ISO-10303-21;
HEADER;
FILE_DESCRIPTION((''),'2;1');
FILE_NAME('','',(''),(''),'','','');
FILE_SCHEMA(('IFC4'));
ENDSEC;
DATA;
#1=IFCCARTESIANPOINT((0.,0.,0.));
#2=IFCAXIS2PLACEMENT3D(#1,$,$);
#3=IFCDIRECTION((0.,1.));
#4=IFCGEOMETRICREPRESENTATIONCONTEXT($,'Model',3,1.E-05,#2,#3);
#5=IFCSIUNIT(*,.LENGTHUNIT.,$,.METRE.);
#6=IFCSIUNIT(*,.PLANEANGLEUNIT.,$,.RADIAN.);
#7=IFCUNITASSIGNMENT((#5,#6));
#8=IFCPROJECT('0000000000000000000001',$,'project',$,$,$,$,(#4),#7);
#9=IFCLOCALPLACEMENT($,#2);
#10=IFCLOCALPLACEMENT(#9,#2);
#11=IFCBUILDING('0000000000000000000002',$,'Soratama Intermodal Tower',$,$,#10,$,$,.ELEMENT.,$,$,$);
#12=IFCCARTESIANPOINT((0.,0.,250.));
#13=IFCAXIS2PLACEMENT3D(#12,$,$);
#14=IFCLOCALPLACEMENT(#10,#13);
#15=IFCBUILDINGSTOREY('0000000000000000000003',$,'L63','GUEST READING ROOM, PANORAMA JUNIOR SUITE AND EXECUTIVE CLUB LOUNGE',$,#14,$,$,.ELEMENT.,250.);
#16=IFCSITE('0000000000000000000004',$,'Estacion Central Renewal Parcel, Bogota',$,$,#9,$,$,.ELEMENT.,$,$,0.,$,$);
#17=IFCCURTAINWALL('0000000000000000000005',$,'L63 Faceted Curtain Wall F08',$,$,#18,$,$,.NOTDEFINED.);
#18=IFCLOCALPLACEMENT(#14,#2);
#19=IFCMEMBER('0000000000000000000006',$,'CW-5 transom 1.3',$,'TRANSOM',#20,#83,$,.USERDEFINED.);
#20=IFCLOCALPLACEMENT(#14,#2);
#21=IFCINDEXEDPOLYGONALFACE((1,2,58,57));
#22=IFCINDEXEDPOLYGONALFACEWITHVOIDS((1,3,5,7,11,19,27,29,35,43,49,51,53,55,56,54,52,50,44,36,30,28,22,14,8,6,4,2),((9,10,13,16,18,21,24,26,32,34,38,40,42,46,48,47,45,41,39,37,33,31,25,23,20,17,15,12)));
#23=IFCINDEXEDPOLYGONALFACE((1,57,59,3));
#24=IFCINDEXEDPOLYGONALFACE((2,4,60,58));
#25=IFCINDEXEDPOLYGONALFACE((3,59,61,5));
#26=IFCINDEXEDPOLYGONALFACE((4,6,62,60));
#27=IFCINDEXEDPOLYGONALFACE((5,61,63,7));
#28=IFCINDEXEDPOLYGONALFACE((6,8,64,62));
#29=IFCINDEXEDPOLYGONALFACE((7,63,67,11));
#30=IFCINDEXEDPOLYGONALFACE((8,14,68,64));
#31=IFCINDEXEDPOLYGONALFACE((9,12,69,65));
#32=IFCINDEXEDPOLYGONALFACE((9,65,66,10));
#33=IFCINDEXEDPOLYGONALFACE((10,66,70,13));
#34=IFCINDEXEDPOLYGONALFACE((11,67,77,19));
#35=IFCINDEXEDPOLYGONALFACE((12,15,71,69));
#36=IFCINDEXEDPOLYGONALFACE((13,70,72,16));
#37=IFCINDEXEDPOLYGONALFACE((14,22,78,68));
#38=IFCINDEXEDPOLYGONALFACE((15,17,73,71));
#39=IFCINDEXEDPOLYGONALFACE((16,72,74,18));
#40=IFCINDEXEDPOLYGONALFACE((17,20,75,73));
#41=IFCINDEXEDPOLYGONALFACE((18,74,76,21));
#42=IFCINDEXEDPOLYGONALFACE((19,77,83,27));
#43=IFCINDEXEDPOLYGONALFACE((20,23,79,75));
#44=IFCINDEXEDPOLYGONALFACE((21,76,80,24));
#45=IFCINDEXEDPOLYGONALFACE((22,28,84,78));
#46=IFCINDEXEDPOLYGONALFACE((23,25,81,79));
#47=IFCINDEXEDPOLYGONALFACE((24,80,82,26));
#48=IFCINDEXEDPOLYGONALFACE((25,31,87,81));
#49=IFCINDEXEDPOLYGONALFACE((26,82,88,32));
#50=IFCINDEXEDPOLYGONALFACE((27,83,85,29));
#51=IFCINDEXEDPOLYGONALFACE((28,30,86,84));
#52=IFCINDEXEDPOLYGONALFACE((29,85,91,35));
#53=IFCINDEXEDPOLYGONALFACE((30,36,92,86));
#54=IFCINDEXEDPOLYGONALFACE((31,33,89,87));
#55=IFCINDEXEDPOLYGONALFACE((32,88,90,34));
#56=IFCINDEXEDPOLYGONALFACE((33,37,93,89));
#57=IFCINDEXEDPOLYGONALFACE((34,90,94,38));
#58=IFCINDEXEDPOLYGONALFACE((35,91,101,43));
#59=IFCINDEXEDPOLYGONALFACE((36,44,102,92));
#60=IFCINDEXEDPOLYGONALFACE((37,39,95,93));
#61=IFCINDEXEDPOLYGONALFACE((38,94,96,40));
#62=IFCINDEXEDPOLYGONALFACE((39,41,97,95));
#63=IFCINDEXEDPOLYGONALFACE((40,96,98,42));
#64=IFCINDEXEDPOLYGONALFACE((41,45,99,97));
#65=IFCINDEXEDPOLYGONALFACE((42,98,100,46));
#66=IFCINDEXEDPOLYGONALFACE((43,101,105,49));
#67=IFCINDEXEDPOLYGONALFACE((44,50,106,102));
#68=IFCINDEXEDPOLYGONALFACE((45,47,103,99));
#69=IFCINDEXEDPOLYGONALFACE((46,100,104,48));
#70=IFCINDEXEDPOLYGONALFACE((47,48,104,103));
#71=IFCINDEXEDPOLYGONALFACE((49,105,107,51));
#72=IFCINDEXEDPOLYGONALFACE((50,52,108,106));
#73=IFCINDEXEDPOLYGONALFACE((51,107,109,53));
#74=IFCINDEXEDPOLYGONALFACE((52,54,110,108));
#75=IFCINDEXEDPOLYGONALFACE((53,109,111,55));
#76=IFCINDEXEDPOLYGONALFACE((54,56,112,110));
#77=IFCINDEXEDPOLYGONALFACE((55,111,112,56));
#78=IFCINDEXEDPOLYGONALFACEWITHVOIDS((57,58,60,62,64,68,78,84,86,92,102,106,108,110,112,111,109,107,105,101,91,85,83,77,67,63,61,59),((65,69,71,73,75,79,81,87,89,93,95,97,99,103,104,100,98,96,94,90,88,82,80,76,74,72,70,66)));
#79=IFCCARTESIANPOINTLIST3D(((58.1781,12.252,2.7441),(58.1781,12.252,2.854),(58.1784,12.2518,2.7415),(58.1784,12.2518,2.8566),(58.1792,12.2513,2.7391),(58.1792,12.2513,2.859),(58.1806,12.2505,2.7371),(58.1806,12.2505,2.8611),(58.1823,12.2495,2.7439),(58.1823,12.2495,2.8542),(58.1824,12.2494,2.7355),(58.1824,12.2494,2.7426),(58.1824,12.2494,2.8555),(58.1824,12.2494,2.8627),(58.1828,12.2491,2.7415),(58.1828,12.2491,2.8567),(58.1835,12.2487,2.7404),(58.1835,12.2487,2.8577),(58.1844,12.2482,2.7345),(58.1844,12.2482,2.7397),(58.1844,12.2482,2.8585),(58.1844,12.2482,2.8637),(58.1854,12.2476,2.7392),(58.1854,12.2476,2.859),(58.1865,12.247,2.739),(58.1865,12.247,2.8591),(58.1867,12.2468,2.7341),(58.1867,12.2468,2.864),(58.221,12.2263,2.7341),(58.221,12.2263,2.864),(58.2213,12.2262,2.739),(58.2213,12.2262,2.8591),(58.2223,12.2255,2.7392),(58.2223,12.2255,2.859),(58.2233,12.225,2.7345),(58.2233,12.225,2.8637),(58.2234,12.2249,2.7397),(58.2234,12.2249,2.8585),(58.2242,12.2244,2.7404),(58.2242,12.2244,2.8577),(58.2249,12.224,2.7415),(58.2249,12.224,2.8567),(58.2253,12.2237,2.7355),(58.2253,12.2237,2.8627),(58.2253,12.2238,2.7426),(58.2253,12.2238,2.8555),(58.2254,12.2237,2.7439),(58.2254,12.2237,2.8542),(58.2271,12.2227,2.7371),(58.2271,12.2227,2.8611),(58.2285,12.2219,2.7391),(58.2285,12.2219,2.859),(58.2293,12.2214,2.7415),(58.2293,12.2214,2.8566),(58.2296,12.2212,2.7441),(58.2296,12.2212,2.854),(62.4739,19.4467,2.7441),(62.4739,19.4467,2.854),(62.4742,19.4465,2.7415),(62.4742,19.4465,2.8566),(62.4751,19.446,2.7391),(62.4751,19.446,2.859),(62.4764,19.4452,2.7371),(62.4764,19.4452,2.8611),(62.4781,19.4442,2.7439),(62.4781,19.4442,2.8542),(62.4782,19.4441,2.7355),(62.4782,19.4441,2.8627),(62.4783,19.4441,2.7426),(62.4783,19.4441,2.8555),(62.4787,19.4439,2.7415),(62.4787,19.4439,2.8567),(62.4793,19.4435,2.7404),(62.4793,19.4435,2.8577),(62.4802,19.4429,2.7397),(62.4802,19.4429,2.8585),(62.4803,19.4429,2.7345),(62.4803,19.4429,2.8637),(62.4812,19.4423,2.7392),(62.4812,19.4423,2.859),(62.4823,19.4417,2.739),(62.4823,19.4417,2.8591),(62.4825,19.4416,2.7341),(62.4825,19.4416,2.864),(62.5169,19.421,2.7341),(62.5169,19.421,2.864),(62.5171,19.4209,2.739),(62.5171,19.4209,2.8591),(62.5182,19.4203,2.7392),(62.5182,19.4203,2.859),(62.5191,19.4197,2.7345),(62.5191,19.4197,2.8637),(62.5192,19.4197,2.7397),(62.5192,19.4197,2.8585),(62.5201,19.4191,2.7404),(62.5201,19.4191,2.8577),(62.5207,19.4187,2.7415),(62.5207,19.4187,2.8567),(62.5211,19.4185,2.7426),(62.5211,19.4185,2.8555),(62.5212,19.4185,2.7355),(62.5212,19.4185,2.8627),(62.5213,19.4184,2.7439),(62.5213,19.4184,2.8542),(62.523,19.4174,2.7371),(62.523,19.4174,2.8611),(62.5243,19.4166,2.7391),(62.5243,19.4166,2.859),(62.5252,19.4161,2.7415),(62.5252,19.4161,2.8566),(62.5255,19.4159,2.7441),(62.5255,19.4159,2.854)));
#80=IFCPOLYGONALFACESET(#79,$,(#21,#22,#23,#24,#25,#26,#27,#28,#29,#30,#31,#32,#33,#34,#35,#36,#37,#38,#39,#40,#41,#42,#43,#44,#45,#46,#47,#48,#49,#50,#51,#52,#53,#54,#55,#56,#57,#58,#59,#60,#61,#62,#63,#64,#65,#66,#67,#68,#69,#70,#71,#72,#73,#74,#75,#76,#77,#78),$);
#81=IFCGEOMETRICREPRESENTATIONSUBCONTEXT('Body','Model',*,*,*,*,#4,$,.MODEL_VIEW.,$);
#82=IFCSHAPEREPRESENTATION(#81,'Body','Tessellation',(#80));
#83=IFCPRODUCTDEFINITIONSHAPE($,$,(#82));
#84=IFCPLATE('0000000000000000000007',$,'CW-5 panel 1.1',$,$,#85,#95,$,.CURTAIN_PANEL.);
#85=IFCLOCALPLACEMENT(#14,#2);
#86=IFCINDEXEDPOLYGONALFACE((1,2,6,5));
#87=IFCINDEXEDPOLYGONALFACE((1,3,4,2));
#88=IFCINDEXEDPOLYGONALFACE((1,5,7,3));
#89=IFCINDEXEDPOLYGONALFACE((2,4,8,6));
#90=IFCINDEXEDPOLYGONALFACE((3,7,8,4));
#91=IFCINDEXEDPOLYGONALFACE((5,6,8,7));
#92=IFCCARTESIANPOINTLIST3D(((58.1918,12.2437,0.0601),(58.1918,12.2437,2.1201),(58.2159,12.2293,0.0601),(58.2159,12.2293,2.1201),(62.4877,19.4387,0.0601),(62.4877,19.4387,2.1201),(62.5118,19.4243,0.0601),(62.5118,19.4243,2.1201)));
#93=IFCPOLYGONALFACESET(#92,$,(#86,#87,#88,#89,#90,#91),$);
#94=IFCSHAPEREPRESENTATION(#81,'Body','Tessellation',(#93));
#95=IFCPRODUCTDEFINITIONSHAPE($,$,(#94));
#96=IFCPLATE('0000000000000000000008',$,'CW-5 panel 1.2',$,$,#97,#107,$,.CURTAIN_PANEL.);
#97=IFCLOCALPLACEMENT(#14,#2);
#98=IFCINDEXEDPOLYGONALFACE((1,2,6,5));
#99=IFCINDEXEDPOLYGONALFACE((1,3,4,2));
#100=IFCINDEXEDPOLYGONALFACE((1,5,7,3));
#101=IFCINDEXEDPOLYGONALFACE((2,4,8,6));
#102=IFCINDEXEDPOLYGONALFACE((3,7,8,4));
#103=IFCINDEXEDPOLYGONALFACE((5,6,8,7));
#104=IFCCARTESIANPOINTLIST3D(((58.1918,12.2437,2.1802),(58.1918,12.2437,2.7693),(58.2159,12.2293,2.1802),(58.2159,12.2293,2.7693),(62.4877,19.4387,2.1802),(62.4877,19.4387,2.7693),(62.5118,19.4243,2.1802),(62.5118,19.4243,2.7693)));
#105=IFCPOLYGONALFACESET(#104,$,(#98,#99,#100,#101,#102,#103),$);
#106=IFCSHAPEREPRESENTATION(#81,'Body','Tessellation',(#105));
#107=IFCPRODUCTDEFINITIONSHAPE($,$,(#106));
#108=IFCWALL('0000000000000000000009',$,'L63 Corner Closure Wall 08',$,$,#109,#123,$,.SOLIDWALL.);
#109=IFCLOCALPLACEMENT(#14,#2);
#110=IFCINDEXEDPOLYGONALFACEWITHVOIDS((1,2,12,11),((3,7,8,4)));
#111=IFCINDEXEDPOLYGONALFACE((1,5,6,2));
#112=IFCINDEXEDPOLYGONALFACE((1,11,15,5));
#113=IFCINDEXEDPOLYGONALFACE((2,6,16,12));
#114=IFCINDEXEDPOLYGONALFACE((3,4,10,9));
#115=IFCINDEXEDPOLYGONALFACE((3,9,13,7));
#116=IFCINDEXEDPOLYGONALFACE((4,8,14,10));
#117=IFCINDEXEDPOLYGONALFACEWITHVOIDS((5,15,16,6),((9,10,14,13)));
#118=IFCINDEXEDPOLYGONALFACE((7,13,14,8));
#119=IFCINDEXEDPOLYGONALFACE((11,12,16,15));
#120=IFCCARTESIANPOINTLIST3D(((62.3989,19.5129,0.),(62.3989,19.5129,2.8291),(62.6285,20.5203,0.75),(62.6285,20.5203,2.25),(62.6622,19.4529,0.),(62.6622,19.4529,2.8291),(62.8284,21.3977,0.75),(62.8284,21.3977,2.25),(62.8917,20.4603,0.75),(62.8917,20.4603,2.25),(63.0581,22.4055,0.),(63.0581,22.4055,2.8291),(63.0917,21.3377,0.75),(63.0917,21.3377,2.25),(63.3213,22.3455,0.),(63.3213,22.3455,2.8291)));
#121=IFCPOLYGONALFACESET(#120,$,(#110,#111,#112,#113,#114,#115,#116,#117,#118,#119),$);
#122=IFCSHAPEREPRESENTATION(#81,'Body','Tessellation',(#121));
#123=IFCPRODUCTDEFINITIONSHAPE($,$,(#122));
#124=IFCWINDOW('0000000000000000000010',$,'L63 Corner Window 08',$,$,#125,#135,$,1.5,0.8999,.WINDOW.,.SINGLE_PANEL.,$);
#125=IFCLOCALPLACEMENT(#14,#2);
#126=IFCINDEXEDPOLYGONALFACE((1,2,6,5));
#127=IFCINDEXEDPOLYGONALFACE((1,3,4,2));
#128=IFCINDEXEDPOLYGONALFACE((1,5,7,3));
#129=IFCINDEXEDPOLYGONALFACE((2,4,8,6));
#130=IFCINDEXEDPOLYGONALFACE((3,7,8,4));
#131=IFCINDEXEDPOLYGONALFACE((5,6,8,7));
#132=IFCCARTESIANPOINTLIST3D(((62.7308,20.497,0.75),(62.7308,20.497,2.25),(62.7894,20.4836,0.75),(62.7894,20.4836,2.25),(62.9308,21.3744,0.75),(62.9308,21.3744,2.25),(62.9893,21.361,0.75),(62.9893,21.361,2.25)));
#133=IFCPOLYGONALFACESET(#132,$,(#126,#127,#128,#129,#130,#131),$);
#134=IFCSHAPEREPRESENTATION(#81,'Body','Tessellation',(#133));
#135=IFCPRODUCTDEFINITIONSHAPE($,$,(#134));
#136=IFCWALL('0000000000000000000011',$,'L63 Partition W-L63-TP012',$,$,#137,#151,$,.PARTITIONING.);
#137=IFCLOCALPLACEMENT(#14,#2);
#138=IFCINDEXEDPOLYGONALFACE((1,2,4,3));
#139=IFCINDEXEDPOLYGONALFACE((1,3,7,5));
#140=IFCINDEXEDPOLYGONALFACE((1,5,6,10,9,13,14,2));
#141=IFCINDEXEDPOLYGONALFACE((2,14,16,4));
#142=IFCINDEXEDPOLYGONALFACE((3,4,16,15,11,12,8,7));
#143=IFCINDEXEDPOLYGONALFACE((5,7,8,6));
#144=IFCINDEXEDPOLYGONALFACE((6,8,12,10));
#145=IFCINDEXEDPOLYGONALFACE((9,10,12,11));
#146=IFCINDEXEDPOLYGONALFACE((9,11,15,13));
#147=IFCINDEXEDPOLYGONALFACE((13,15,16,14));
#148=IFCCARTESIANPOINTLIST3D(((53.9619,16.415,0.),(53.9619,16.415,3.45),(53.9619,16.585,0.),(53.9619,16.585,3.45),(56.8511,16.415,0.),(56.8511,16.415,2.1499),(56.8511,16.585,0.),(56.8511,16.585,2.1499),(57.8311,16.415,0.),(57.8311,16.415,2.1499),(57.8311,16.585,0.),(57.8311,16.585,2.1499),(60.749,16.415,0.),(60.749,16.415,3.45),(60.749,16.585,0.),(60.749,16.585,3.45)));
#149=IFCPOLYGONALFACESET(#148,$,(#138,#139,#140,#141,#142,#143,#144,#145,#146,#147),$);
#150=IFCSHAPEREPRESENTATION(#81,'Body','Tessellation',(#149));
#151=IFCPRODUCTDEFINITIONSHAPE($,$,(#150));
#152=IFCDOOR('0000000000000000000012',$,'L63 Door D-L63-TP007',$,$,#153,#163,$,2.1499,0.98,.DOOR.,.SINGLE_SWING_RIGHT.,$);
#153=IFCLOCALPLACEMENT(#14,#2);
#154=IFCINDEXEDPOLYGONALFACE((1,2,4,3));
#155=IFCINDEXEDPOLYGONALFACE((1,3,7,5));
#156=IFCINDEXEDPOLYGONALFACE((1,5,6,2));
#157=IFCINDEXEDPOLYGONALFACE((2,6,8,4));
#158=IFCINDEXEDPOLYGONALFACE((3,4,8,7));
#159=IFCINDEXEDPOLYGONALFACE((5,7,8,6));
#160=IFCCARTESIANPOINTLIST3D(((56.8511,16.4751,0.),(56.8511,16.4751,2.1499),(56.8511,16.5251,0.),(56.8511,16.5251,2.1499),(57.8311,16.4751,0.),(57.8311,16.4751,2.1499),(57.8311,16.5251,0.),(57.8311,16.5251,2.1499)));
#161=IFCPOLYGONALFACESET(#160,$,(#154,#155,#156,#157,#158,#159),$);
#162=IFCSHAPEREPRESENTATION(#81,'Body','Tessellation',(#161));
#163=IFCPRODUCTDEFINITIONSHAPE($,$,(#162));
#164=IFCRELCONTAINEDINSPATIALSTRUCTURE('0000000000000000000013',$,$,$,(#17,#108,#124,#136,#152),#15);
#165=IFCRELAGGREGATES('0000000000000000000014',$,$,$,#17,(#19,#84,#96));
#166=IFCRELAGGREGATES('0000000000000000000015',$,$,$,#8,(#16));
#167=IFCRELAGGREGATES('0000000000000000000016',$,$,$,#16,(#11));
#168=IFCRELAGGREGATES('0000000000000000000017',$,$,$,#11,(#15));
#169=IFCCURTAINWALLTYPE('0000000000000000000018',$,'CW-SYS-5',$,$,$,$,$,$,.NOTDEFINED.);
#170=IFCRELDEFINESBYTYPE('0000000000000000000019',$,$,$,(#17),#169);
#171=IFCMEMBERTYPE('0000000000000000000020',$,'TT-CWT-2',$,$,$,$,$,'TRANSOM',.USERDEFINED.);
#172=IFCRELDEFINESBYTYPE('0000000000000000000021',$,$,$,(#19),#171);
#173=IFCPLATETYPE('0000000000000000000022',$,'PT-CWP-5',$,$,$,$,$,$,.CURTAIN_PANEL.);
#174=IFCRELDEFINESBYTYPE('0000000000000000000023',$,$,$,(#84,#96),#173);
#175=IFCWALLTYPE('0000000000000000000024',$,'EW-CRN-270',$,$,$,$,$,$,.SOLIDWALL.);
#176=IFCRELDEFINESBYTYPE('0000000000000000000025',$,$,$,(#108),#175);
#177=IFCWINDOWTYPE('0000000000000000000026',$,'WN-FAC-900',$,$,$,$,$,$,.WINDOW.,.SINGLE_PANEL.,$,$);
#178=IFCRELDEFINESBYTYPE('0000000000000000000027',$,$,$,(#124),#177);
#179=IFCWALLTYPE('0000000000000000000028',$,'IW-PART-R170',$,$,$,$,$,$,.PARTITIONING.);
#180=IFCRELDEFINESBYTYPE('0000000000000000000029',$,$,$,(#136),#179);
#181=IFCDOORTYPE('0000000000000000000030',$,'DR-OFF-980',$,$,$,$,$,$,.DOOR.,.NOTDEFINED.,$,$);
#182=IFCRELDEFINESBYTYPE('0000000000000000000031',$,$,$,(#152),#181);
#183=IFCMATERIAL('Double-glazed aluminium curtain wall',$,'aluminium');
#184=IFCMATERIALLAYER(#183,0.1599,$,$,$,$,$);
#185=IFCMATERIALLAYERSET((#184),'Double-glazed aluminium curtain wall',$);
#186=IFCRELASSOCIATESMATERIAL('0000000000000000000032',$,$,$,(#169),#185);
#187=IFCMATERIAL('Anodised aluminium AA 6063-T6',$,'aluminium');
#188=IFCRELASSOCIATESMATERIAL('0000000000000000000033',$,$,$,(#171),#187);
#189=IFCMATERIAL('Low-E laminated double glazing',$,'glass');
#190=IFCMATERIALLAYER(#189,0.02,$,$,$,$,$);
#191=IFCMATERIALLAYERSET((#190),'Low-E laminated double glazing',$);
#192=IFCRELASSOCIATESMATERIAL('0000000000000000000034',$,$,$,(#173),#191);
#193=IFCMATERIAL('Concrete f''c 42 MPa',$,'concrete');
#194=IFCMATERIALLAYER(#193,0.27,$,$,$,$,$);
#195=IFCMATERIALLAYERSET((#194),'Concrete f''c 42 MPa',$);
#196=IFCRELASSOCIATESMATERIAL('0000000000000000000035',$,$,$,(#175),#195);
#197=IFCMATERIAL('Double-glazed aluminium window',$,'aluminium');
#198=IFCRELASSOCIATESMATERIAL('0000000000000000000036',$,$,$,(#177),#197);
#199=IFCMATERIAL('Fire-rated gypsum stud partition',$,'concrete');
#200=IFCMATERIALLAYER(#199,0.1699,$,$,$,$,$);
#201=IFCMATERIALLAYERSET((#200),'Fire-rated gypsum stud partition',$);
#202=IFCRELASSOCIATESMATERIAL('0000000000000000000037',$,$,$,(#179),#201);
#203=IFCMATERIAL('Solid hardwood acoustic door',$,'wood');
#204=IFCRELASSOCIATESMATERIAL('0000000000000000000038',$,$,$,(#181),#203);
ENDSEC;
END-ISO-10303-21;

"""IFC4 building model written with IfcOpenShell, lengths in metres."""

from ifc_helpers import new_model, si_unit, direction, frame, frame_2d, origin, origin_2d, place, context, subcontext, project, spatial, rectangle, hollow_rectangle, extrude, material, layer, layer_set, material_profile, profile_set, type_object, element, fill, aggregate, save


model = new_model("IFC4")

# Units and contexts
model_context = context("Model", 3, precision=1e-05, world=origin(), true_north=direction((0.0, 1.0)))
body_context = subcontext(model_context, "Body", "Model", "MODEL_VIEW")
ifc_project = project(units=[si_unit("LENGTHUNIT", "METRE"), si_unit("PLANEANGLEUNIT", "RADIAN")], contexts=[model_context])

# Site, building, storey
site_placement = place(None, origin())
site = spatial("IfcSite", under=ifc_project, at=site_placement, Name="Estacion Central Renewal Parcel, Bogota", CompositionType="ELEMENT", RefElevation=0.0)
building_placement = place(site_placement, origin())
building = spatial("IfcBuilding", under=site, at=building_placement, Name="Soratama Intermodal Tower", CompositionType="ELEMENT")
storey_placement = place(building_placement, frame((0.0, 0.0, 250.0)))
storey = spatial("IfcBuildingStorey", under=building, at=storey_placement, Name="L63", Description="GUEST READING ROOM, PANORAMA JUNIOR SUITE AND EXECUTIVE CLUB LOUNGE", CompositionType="ELEMENT", Elevation=250.0)

# Curtain wall, member, plates
ifc_material_1 = material(Name="Double-glazed aluminium curtain wall", Category="aluminium")
ifc_layer_1 = layer(ifc_material_1, 0.1599)
ifc_layer_set_1 = layer_set([ifc_layer_1], Name="Double-glazed aluminium curtain wall")
curtain_wall_type = type_object("IfcCurtainWallType", Name="CW-SYS-5", PredefinedType="NOTDEFINED", material=ifc_layer_set_1)
curtain_wall_placement = place(storey_placement, origin())
curtain_wall = element("IfcCurtainWall", 1, at=curtain_wall_placement, inside=storey, type_object=curtain_wall_type, Name="L63 Faceted Curtain Wall F08", PredefinedType="NOTDEFINED")
ifc_material_2 = material(Name="Anodised aluminium AA 6063-T6", Category="aluminium")
ifc_material_profile_1 = material_profile(ifc_material_2, hollow_rectangle(XDim=0.0601, YDim=0.1299, WallThickness=0.0049, InnerFilletRadius=0.0049, OuterFilletRadius=0.01, at=origin_2d()), Name="CWT130X60X5")
ifc_profile_set_1 = profile_set([ifc_material_profile_1], Name="Anodised aluminium AA 6063-T6")
member_type_1 = type_object("IfcMemberType", Name="TT-CWT-2", ElementType="TRANSOM", PredefinedType="USERDEFINED", material=ifc_profile_set_1)
member_1_placement = place(storey_placement, frame((58.2039, 12.2366, 2.7991), z_axis=(0.512652, 0.858596, 0.0), x_axis=(-0.858596, 0.512652, 0.0)))
member_1 = element("IfcMember", 2, at=member_1_placement, type_object=member_type_1, Name="CW-5 transom 1.3", ObjectType="TRANSOM", PredefinedType="USERDEFINED", context=body_context, shape_type="SweptSolid", body=[
    extrude(hollow_rectangle(XDim=0.0601, YDim=0.1299, WallThickness=0.0049, InnerFilletRadius=0.0049, OuterFilletRadius=0.01, at=origin_2d()), origin(), (0.0, 0.0, 1.0), 8.3796),
])
ifc_material_3 = material(Name="Low-E laminated double glazing", Category="glass")
ifc_layer_2 = layer(ifc_material_3, 0.02)
ifc_layer_set_2 = layer_set([ifc_layer_2], Name="Low-E laminated double glazing")
plate_type = type_object("IfcPlateType", Name="PT-CWP-5", PredefinedType="CURTAIN_PANEL", material=ifc_layer_set_2)
plate_1_placement = place(storey_placement, frame((60.3518, 15.834, 0.0601), z_axis=(0.0, 0.0, 1.0), x_axis=(0.512643, 0.858602, 0.0)))
plate_1 = element("IfcPlate", 3, at=plate_1_placement, type_object=plate_type, Name="CW-5 panel 1.1", PredefinedType="CURTAIN_PANEL", context=body_context, shape_type="SweptSolid", body=[
    extrude(rectangle(XDim=8.3799, YDim=0.0281, at=origin_2d()), origin(), (0.0, 0.0, 1.0), 2.0601),
])
plate_2_placement = place(storey_placement, frame((60.3518, 15.834, 2.1802), z_axis=(0.0, 0.0, 1.0), x_axis=(0.512643, 0.858602, 0.0)))
plate_2 = element("IfcPlate", 4, at=plate_2_placement, type_object=plate_type, Name="CW-5 panel 1.2", PredefinedType="CURTAIN_PANEL", context=body_context, shape_type="SweptSolid", body=[
    extrude(rectangle(XDim=8.3799, YDim=0.0281, at=origin_2d()), origin(), (0.0, 0.0, 1.0), 0.5891),
])
aggregate(curtain_wall, [member_1, plate_1, plate_2])

# Wall, opening, window
ifc_material_4 = material(Name="Concrete f'c 42 MPa", Category="concrete")
ifc_layer_3 = layer(ifc_material_4, 0.27)
ifc_layer_set_3 = layer_set([ifc_layer_3], Name="Concrete f'c 42 MPa")
wall_type_1 = type_object("IfcWallType", Name="EW-CRN-270", PredefinedType="SOLIDWALL", material=ifc_layer_set_3)
wall_1_placement = place(storey_placement, frame((62.5305, 19.4829, 0.0), z_axis=(0.0, 0.0, 1.0), x_axis=(0.22219, 0.975003, 0.0)))
wall_1 = element("IfcWall", 5, at=wall_1_placement, inside=storey, type_object=wall_type_1, Name="L63 Corner Closure Wall 08", PredefinedType="SOLIDWALL", context=body_context, shape_type="SweptSolid", body=[
    extrude(rectangle(XDim=2.9668, YDim=0.27, at=frame_2d((1.4834, 0.0))), origin(), (0.0, 0.0, 1.0), 2.8291),
])
opening_1_placement = place(wall_1_placement, frame((1.0332, 0.0, 0.75)))
opening_1 = element("IfcOpeningElement", 6, at=opening_1_placement, cuts=wall_1, PredefinedType="OPENING", context=body_context, shape_type="SweptSolid", body=[
    extrude(rectangle(XDim=0.8999, YDim=1.5, at=frame_2d((0.45, 0.75))), frame((0.0, 0.145, 0.0), z_axis=(0.0, -1.0, 0.0), x_axis=(1.0, 0.0, 0.0)), (0.0, 0.0, 1.0), 0.29),
])
ifc_material_5 = material(Name="Double-glazed aluminium window", Category="aluminium")
window_type_1 = type_object("IfcWindowType", Name="WN-FAC-900", PartitioningType="SINGLE_PANEL", PredefinedType="WINDOW", material=ifc_material_5)
window_1_placement = place(opening_1_placement, origin())
window_1 = element("IfcWindow", 7, at=window_1_placement, inside=storey, type_object=window_type_1, Name="L63 Corner Window 08", OverallHeight=1.5, OverallWidth=0.8999, PartitioningType="SINGLE_PANEL", PredefinedType="WINDOW", context=body_context, shape_type="SweptSolid", body=[
    extrude(rectangle(XDim=0.8999, YDim=1.5, at=frame_2d((0.45, 0.75))), frame((0.0, 0.03, 0.0), z_axis=(0.0, -1.0, 0.0), x_axis=(1.0, 0.0, 0.0)), (0.0, 0.0, 1.0), 0.0601),
])
fill(opening_1, window_1)

# Wall, opening, door
ifc_material_6 = material(Name="Fire-rated gypsum stud partition", Category="concrete")
ifc_layer_4 = layer(ifc_material_6, 0.1699)
ifc_layer_set_4 = layer_set([ifc_layer_4], Name="Fire-rated gypsum stud partition")
wall_type_2 = type_object("IfcWallType", Name="IW-PART-R170", PredefinedType="PARTITIONING", material=ifc_layer_set_4)
wall_2_placement = place(storey_placement, frame((60.749, 16.5, 0.0), z_axis=(0.0, 0.0, 1.0), x_axis=(-1.0, 0.0, 0.0)))
wall_2 = element("IfcWall", 8, at=wall_2_placement, inside=storey, type_object=wall_type_2, Name="L63 Partition W-L63-TP012", PredefinedType="PARTITIONING", context=body_context, shape_type="SweptSolid", body=[
    extrude(rectangle(XDim=6.7871, YDim=0.1699, at=frame_2d((3.3936, 0.0))), origin(), (0.0, 0.0, 1.0), 3.45),
])
opening_2_placement = place(wall_2_placement, frame((2.918, 0.0, 0.0)))
opening_2 = element("IfcOpeningElement", 9, at=opening_2_placement, cuts=wall_2, PredefinedType="OPENING", context=body_context, shape_type="SweptSolid", body=[
    extrude(rectangle(XDim=0.98, YDim=2.1499, at=frame_2d((0.49, 1.075))), frame((0.0, 0.095, 0.0), z_axis=(0.0, -1.0, 0.0), x_axis=(1.0, 0.0, 0.0)), (0.0, 0.0, 1.0), 0.1899),
])
ifc_material_7 = material(Name="Solid hardwood acoustic door", Category="wood")
door_type_1 = type_object("IfcDoorType", Name="DR-OFF-980", OperationType="NOTDEFINED", PredefinedType="DOOR", material=ifc_material_7)
door_1_placement = place(opening_2_placement, origin())
door_1 = element("IfcDoor", 10, at=door_1_placement, inside=storey, type_object=door_type_1, Name="L63 Door D-L63-TP007", OperationType="SINGLE_SWING_RIGHT", OverallHeight=2.1499, OverallWidth=0.98, PredefinedType="DOOR", context=body_context, shape_type="SweptSolid", body=[
    extrude(rectangle(XDim=0.98, YDim=2.1499, at=frame_2d((0.49, 1.075))), frame((0.0, 0.0249, 0.0), z_axis=(0.0, -1.0, 0.0), x_axis=(1.0, 0.0, 0.0)), (0.0, 0.0, 1.0), 0.05),
])
fill(opening_2, door_1)

save(model, "model.ifc")
